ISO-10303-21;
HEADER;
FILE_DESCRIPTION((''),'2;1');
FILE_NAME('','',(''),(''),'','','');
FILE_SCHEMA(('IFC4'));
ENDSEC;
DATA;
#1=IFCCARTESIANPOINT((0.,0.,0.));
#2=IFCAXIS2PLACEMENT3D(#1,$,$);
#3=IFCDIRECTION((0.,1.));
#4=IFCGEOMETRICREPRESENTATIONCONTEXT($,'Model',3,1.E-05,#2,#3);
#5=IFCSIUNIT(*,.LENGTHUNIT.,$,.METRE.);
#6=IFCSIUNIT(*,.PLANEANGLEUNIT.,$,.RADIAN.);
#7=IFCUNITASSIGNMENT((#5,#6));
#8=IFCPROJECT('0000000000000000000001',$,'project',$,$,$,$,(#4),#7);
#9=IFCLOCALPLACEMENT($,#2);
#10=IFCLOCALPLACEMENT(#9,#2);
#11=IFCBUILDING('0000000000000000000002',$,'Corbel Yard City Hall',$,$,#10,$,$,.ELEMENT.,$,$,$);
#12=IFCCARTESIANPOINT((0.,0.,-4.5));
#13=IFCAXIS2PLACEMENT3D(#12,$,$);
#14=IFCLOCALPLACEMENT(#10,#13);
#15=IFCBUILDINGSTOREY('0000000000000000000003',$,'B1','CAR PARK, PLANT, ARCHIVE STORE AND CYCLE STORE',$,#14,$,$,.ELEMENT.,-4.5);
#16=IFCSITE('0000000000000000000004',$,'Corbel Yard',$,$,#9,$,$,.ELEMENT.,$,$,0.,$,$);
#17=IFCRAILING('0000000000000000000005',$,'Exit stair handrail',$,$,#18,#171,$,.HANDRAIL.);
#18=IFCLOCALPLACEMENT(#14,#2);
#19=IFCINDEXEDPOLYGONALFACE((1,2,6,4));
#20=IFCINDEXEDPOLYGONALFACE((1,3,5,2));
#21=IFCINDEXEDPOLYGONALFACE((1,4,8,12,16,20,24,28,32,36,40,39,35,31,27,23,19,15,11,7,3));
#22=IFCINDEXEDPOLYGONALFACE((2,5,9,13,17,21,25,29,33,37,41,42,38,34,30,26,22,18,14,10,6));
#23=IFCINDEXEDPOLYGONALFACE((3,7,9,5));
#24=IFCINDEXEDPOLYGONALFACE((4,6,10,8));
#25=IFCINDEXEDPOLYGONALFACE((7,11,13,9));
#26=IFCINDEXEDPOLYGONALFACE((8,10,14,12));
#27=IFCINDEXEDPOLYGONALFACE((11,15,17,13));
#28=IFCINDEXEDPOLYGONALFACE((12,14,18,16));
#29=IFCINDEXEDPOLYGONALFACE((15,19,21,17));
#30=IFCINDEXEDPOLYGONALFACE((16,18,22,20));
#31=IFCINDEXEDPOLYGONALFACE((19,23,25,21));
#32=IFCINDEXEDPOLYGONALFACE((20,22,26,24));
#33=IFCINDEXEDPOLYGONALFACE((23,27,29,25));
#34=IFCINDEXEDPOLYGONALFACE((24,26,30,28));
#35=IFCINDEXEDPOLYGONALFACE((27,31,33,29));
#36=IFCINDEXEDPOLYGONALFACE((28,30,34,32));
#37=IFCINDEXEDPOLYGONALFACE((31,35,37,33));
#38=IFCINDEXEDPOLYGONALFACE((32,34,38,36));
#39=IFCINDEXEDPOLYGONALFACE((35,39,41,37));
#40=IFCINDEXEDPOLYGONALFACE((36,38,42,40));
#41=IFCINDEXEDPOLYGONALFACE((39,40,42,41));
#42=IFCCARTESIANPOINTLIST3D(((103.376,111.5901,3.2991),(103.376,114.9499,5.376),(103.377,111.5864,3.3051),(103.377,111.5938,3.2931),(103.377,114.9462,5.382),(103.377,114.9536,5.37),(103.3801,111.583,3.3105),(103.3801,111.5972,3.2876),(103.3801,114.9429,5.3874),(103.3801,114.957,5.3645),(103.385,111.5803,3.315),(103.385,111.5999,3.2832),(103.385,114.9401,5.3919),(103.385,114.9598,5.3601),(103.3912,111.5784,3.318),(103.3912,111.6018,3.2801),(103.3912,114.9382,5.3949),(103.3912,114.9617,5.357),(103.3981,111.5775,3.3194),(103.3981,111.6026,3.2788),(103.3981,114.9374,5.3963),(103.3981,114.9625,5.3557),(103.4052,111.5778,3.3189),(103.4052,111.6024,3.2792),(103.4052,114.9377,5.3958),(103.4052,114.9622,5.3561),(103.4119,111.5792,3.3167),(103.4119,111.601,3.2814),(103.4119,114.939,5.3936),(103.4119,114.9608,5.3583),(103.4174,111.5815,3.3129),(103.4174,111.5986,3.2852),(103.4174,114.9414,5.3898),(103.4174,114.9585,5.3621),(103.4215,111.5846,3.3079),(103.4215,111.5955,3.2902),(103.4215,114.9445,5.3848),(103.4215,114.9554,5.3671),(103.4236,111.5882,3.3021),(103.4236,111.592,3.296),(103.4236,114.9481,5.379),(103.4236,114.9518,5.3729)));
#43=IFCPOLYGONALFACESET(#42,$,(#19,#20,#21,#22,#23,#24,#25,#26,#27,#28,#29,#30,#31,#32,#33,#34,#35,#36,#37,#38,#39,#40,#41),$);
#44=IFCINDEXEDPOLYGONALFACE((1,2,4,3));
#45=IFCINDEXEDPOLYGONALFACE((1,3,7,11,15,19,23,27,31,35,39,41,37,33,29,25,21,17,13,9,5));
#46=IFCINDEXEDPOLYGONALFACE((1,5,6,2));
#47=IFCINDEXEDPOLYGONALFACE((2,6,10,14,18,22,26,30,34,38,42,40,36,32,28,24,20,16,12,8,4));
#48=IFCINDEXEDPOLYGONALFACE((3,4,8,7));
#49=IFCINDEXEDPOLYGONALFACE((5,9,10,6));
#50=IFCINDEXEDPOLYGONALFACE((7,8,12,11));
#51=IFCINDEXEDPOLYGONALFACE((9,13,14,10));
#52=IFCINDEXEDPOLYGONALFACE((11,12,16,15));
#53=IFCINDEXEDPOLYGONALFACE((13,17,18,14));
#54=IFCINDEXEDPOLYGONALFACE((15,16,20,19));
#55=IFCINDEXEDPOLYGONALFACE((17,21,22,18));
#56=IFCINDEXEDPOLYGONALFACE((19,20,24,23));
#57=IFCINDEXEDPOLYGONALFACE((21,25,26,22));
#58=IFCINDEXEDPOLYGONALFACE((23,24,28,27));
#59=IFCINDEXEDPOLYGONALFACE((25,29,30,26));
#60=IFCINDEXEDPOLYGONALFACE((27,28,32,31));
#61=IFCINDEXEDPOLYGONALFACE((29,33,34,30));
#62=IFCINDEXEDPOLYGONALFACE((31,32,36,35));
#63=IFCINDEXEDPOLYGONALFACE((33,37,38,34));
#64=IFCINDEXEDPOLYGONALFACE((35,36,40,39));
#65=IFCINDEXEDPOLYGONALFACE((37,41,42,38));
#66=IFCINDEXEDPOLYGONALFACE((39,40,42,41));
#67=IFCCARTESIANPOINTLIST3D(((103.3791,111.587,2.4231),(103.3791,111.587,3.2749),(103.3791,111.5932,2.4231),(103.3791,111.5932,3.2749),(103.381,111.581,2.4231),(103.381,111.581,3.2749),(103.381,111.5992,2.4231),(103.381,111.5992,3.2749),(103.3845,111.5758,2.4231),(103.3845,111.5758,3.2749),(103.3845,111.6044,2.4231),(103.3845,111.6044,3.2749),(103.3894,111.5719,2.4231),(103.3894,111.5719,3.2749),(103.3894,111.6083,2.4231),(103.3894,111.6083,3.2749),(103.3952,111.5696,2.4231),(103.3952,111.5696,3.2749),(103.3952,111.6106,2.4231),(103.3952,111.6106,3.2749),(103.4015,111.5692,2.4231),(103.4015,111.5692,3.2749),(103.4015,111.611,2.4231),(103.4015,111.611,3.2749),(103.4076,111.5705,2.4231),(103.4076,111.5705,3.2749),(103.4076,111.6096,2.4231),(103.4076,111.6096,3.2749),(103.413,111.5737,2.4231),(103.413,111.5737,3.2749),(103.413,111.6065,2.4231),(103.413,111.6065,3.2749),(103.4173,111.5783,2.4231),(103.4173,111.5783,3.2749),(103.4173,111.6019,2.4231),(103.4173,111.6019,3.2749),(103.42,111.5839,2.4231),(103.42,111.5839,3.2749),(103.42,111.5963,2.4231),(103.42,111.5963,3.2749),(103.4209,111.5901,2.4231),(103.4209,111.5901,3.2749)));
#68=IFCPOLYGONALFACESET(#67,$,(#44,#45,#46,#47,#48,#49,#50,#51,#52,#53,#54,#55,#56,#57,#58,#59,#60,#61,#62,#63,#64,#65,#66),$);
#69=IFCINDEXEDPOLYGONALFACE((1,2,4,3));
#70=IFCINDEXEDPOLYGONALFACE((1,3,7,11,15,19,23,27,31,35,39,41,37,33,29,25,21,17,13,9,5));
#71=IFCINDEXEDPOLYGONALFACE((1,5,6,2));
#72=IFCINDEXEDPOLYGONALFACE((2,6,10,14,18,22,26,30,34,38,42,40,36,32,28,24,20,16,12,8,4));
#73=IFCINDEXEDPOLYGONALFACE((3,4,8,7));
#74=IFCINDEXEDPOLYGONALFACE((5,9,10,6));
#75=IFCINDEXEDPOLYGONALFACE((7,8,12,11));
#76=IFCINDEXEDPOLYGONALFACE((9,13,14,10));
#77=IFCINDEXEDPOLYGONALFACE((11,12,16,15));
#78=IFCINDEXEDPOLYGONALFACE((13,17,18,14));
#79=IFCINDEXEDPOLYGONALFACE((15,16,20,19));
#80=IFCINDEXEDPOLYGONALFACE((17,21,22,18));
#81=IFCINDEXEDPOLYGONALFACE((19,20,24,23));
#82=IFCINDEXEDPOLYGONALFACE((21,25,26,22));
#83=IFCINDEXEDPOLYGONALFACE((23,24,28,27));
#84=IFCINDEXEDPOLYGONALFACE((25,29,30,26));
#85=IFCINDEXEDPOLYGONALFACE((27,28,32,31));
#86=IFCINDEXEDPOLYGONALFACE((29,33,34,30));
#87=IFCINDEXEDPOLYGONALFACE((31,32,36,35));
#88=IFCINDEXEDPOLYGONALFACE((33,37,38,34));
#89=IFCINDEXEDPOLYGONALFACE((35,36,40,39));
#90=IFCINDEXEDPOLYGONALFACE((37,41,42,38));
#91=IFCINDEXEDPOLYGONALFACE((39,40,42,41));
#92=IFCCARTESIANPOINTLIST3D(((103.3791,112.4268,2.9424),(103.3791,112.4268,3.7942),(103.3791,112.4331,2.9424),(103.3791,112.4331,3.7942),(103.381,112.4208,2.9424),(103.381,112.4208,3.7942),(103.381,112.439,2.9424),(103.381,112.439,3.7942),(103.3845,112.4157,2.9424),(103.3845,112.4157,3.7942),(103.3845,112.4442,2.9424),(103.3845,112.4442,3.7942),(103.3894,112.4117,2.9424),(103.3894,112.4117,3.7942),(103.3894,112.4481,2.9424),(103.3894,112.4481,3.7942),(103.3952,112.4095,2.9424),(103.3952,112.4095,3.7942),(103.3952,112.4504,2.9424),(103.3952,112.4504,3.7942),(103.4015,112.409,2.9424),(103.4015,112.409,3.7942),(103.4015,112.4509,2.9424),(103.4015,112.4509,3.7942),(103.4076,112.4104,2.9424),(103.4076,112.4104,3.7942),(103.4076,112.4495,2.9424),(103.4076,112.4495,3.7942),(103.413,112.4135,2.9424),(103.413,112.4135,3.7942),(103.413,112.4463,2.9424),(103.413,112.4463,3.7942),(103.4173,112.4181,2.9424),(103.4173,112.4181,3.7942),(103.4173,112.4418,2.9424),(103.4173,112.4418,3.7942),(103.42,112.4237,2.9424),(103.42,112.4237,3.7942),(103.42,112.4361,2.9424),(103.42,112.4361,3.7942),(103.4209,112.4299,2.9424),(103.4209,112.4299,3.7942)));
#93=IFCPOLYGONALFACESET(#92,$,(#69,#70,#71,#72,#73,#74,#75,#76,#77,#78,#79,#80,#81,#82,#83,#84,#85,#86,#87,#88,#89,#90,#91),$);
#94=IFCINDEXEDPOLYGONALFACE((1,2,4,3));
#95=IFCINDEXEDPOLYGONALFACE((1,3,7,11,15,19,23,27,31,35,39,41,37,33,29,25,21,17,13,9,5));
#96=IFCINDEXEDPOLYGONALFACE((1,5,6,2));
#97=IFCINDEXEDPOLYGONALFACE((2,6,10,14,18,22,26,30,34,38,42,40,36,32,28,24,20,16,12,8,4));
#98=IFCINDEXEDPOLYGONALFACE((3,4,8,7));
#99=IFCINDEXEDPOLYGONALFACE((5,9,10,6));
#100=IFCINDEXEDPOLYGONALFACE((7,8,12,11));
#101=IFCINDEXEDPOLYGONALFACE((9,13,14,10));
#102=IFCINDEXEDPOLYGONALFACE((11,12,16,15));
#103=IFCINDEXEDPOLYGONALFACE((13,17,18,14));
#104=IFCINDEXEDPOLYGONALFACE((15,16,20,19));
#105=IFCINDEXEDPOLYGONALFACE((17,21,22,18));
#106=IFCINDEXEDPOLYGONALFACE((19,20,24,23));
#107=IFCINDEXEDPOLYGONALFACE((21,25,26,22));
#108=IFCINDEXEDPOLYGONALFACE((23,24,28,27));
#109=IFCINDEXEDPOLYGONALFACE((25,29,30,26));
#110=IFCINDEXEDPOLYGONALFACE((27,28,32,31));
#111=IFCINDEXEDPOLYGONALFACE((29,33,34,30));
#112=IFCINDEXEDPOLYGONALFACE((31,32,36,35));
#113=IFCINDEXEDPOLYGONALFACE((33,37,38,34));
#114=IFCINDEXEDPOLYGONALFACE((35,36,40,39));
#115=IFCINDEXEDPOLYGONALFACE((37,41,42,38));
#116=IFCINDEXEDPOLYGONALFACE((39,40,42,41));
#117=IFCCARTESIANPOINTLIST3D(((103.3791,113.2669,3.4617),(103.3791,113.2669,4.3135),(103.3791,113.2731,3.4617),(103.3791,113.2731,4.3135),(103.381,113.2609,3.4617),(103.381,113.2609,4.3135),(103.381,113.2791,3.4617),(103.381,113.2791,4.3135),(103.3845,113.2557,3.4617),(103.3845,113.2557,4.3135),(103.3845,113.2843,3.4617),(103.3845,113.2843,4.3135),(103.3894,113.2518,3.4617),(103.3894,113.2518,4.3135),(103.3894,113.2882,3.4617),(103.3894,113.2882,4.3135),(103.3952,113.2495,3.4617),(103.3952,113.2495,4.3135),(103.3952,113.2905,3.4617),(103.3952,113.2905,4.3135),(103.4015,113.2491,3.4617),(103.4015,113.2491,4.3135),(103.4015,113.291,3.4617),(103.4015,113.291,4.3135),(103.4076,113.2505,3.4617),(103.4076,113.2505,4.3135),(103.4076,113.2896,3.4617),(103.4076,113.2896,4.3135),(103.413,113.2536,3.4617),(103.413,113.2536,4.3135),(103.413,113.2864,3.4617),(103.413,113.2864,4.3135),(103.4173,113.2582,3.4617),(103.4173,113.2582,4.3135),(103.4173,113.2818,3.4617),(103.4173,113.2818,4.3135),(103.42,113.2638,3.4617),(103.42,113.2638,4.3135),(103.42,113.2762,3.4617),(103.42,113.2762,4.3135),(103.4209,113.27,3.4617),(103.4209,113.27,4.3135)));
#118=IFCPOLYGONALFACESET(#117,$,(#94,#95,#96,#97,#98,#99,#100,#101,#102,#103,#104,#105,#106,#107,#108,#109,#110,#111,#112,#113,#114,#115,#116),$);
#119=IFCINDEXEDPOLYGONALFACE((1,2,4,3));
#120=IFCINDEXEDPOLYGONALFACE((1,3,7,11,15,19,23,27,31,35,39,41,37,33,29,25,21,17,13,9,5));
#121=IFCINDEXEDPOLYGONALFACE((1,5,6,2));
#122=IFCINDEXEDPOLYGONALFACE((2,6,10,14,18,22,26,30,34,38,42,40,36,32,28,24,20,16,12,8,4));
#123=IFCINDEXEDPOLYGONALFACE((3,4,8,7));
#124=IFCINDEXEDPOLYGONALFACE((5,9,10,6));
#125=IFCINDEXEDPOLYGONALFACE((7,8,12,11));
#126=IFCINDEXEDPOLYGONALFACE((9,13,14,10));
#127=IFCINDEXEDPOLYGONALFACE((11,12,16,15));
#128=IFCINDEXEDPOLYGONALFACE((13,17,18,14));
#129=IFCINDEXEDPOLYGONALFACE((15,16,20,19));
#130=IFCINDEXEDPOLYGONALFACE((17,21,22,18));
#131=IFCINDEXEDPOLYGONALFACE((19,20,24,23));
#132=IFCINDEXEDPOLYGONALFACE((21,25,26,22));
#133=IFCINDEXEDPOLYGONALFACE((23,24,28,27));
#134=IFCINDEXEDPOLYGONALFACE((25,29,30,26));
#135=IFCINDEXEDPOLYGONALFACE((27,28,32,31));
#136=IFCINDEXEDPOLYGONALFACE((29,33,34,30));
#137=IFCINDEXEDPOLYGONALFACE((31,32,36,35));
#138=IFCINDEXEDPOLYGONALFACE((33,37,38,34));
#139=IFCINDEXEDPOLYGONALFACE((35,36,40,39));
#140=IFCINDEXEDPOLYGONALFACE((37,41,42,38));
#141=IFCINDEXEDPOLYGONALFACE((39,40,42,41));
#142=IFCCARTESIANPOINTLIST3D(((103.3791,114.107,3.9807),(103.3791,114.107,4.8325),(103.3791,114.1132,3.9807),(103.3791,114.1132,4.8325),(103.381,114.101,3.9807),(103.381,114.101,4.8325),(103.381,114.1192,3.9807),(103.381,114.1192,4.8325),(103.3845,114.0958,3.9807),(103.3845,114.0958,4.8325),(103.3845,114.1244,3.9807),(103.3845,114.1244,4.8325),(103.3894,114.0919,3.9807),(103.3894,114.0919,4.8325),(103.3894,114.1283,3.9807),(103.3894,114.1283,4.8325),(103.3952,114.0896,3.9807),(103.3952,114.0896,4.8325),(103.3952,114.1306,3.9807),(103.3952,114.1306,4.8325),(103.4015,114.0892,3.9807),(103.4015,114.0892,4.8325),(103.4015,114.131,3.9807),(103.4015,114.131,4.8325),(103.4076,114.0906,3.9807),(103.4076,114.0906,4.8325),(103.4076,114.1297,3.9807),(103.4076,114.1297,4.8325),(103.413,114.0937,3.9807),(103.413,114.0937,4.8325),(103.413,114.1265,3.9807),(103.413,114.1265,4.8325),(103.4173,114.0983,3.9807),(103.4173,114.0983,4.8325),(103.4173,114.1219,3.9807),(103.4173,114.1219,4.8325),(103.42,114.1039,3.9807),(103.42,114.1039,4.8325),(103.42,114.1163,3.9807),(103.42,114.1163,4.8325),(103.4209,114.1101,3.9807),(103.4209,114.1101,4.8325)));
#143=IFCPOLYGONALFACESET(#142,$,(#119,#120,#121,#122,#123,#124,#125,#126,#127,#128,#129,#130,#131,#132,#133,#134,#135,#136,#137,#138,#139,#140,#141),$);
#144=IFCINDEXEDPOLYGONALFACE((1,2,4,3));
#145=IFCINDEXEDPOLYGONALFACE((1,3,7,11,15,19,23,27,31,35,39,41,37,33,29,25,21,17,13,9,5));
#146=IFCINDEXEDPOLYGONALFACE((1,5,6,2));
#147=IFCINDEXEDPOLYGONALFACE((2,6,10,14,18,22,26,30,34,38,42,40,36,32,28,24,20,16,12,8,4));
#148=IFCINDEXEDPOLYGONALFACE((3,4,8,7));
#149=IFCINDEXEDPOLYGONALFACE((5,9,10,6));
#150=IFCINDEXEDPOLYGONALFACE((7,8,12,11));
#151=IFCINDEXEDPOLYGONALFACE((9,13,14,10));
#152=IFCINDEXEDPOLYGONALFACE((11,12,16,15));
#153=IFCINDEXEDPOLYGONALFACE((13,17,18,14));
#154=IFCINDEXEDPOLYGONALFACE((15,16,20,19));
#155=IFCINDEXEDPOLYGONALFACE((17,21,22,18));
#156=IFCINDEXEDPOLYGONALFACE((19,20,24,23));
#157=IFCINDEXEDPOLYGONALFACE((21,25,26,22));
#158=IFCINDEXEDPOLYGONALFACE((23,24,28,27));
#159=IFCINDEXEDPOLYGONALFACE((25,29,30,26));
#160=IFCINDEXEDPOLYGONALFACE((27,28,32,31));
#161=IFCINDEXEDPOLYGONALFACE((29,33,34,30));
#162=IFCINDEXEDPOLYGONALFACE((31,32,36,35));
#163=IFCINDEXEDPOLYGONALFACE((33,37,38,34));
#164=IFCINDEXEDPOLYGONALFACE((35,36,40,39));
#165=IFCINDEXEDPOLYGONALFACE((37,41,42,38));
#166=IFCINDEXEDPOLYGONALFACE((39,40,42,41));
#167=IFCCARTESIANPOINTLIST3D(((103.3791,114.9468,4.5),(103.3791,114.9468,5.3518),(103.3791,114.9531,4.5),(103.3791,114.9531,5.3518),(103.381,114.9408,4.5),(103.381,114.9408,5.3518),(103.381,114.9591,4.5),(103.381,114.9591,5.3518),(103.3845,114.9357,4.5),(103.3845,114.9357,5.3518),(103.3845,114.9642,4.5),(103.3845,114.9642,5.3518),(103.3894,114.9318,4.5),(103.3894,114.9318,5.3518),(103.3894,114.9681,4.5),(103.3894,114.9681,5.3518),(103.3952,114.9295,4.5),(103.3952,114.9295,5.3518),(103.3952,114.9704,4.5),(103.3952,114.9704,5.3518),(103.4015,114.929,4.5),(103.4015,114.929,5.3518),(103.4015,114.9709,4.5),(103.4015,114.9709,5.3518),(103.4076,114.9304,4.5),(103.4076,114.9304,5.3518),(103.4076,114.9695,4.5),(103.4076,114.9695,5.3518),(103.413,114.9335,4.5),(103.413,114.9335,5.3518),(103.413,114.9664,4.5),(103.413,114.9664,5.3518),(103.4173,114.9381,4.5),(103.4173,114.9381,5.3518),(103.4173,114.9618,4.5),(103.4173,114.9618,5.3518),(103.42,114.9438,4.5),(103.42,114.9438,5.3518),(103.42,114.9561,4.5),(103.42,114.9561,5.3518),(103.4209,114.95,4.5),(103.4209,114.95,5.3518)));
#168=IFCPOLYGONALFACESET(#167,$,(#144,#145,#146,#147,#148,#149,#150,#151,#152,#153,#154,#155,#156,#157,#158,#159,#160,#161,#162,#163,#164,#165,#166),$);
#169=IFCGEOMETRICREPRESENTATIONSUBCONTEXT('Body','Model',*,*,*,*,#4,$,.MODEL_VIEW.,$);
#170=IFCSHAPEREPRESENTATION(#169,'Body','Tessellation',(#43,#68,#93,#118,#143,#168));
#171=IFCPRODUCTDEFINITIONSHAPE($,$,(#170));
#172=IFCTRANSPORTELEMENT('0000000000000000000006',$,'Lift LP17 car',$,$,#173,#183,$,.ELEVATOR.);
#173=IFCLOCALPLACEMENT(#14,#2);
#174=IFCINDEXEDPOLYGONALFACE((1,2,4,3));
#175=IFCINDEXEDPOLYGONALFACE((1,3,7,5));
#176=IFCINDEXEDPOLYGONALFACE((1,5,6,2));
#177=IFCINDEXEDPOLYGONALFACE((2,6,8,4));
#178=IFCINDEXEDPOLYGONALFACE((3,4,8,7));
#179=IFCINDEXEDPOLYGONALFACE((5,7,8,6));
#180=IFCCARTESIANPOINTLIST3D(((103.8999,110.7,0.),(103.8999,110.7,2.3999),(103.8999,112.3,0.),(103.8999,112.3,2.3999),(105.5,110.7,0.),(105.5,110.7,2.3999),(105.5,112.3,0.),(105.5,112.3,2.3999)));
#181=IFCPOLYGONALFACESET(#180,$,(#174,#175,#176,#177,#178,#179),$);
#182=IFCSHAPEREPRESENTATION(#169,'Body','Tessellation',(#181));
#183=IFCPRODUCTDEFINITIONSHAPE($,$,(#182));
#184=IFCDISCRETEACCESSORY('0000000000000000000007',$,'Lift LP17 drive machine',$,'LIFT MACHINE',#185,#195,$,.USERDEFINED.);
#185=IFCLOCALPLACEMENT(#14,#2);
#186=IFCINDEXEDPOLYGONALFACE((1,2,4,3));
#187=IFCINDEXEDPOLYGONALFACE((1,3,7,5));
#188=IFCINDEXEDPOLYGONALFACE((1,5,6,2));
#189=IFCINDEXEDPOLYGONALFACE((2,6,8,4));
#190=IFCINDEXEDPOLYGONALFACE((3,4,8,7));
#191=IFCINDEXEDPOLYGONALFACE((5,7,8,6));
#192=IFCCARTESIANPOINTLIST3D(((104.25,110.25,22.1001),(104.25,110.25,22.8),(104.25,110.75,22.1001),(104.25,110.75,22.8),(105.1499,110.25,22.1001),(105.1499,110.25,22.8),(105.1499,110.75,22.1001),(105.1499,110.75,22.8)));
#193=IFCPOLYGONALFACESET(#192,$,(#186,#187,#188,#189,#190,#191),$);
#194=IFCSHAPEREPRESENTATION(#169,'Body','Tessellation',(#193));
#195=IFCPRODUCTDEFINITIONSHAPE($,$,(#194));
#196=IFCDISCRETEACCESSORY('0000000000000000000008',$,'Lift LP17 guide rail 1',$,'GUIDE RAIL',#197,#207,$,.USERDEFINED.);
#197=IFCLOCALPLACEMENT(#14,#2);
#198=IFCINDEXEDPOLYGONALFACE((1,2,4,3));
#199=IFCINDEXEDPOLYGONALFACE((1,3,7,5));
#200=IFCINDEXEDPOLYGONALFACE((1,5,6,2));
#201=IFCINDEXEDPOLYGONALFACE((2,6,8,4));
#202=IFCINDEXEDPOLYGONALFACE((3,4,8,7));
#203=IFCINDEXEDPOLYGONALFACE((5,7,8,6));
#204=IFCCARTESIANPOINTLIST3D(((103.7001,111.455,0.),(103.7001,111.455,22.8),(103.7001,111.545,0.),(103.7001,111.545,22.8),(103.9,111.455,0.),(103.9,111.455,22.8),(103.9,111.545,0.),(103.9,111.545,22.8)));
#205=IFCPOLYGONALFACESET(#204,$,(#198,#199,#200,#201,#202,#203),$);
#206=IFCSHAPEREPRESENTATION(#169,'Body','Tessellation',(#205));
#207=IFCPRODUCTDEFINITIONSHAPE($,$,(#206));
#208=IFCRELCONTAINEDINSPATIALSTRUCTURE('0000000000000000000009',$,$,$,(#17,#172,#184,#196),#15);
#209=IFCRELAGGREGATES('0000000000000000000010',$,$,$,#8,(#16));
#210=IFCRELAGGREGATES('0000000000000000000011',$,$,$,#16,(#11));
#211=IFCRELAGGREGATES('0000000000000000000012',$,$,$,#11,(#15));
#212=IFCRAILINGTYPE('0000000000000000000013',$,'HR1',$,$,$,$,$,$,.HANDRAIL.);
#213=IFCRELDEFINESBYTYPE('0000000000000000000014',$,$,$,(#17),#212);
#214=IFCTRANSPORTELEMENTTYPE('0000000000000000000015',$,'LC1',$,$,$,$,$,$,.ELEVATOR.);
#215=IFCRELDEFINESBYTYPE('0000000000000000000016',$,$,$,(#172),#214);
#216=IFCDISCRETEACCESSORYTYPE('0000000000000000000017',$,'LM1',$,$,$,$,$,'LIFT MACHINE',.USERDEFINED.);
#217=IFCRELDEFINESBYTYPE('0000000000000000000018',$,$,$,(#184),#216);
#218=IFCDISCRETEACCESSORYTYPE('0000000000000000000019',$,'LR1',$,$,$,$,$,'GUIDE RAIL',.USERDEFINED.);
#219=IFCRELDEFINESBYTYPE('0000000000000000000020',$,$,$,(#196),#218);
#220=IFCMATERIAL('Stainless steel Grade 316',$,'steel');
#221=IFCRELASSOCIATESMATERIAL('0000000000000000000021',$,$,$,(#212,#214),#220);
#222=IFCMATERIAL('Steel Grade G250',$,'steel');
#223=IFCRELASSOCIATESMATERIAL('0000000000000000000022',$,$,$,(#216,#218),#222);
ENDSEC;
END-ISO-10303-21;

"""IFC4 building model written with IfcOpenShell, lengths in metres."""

from ifc_helpers import new_model, si_unit, direction, frame, origin, origin_2d, place, context, subcontext, project, spatial, rectangle, circle, extrude, material, type_object, element, save


model = new_model("IFC4")

# Units and contexts
model_context = context("Model", 3, precision=1e-05, world=origin(), true_north=direction((0.0, 1.0)))
body_context = subcontext(model_context, "Body", "Model", "MODEL_VIEW")
ifc_project = project(units=[si_unit("LENGTHUNIT", "METRE"), si_unit("PLANEANGLEUNIT", "RADIAN")], contexts=[model_context])

# Site, building, storey
site_placement = place(None, origin())
site = spatial("IfcSite", under=ifc_project, at=site_placement, Name="Corbel Yard", CompositionType="ELEMENT", RefElevation=0.0)
building_placement = place(site_placement, origin())
building = spatial("IfcBuilding", under=site, at=building_placement, Name="Corbel Yard City Hall", CompositionType="ELEMENT")
storey_placement = place(building_placement, frame((0.0, 0.0, -4.5)))
storey = spatial("IfcBuildingStorey", under=building, at=storey_placement, Name="B1", Description="CAR PARK, PLANT, ARCHIVE STORE AND CYCLE STORE", CompositionType="ELEMENT", Elevation=-4.5)

# Shared definitions
ifc_material_1 = material(Name="Steel Grade G250", Category="steel")

# Shared definitions
ifc_material_2 = material(Name="Stainless steel Grade 316", Category="steel")

# Railing
railing_type = type_object("IfcRailingType", Name="HR1", PredefinedType="HANDRAIL", material=ifc_material_2)
for number, where, name in (
    (1, (103.3999, 111.5901, 2.4231), "Exit stair handrail"),
):
    element("IfcRailing", number, at=place(storey_placement, frame(where)), inside=storey, type_object=railing_type, Name=name, PredefinedType="HANDRAIL", context=body_context, shape_type="SweptSolid", body=[
        extrude(circle(Radius=0.0239, at=origin_2d()), frame((0.0, 0.0, 0.876), z_axis=(0.0, 0.850606, 0.525803), x_axis=(-1.0, 0.0, 0.0)), (0.0, 0.0, 1.0), 3.95),
        extrude(circle(Radius=0.021, at=origin_2d()), origin(), (0.0, 0.0, 1.0), 0.8518),
        extrude(circle(Radius=0.021, at=origin_2d()), frame((0.0, 0.8398, 0.5193)), (0.0, 0.0, 1.0), 0.8518),
        extrude(circle(Radius=0.021, at=origin_2d()), frame((0.0, 1.6799, 1.0386)), (0.0, 0.0, 1.0), 0.8518),
        extrude(circle(Radius=0.021, at=origin_2d()), frame((0.0, 2.52, 1.5576)), (0.0, 0.0, 1.0), 0.8518),
        extrude(circle(Radius=0.021, at=origin_2d()), frame((0.0, 3.3599, 2.0769)), (0.0, 0.0, 1.0), 0.8518),
    ])

# Transport element
transport_element_type = type_object("IfcTransportElementType", Name="LC1", PredefinedType="ELEVATOR", material=ifc_material_2)
transport_element_placement = place(storey_placement, frame((104.7, 111.5, 0.0), z_axis=(0.0, 0.0, 1.0), x_axis=(1.0, 0.0, 0.0)))
element("IfcTransportElement", 2, at=transport_element_placement, inside=storey, type_object=transport_element_type, Name="Lift LP17 car", PredefinedType="ELEVATOR", context=body_context, shape_type="SweptSolid", body=[
    extrude(rectangle(XDim=1.6001, YDim=1.6001, at=origin_2d()), origin(), (0.0, 0.0, 1.0), 2.3999),
])

# Discrete accessories
discrete_accessory_type_1 = type_object("IfcDiscreteAccessoryType", Name="LM1", ElementType="LIFT MACHINE", PredefinedType="USERDEFINED", material=ifc_material_1)
discrete_accessory_placement = place(storey_placement, frame((104.7, 110.5, 22.1001), z_axis=(0.0, 0.0, 1.0), x_axis=(1.0, 0.0, 0.0)))
element("IfcDiscreteAccessory", 3, at=discrete_accessory_placement, inside=storey, type_object=discrete_accessory_type_1, Name="Lift LP17 drive machine", ObjectType="LIFT MACHINE", PredefinedType="USERDEFINED", context=body_context, shape_type="SweptSolid", body=[
    extrude(rectangle(XDim=0.8999, YDim=0.5, at=origin_2d()), origin(), (0.0, 0.0, 1.0), 0.7),
])
discrete_accessory_type_2 = type_object("IfcDiscreteAccessoryType", Name="LR1", ElementType="GUIDE RAIL", PredefinedType="USERDEFINED", material=ifc_material_1)
for number, where, z_axis, x_axis, name in (
    (4, (103.8, 111.5, 0.0), (0.0, 0.0, 1.0), (1.0, 0.0, 0.0), "Lift LP17 guide rail 1"),
):
    element("IfcDiscreteAccessory", number, at=place(storey_placement, frame(where, z_axis=z_axis, x_axis=x_axis)), inside=storey, type_object=discrete_accessory_type_2, Name=name, ObjectType="GUIDE RAIL", PredefinedType="USERDEFINED", context=body_context, shape_type="SweptSolid", body=[
        extrude(rectangle(XDim=0.2, YDim=0.0901, at=origin_2d()), origin(), (0.0, 0.0, 1.0), 22.8),
    ])

save(model, "model.ifc")
